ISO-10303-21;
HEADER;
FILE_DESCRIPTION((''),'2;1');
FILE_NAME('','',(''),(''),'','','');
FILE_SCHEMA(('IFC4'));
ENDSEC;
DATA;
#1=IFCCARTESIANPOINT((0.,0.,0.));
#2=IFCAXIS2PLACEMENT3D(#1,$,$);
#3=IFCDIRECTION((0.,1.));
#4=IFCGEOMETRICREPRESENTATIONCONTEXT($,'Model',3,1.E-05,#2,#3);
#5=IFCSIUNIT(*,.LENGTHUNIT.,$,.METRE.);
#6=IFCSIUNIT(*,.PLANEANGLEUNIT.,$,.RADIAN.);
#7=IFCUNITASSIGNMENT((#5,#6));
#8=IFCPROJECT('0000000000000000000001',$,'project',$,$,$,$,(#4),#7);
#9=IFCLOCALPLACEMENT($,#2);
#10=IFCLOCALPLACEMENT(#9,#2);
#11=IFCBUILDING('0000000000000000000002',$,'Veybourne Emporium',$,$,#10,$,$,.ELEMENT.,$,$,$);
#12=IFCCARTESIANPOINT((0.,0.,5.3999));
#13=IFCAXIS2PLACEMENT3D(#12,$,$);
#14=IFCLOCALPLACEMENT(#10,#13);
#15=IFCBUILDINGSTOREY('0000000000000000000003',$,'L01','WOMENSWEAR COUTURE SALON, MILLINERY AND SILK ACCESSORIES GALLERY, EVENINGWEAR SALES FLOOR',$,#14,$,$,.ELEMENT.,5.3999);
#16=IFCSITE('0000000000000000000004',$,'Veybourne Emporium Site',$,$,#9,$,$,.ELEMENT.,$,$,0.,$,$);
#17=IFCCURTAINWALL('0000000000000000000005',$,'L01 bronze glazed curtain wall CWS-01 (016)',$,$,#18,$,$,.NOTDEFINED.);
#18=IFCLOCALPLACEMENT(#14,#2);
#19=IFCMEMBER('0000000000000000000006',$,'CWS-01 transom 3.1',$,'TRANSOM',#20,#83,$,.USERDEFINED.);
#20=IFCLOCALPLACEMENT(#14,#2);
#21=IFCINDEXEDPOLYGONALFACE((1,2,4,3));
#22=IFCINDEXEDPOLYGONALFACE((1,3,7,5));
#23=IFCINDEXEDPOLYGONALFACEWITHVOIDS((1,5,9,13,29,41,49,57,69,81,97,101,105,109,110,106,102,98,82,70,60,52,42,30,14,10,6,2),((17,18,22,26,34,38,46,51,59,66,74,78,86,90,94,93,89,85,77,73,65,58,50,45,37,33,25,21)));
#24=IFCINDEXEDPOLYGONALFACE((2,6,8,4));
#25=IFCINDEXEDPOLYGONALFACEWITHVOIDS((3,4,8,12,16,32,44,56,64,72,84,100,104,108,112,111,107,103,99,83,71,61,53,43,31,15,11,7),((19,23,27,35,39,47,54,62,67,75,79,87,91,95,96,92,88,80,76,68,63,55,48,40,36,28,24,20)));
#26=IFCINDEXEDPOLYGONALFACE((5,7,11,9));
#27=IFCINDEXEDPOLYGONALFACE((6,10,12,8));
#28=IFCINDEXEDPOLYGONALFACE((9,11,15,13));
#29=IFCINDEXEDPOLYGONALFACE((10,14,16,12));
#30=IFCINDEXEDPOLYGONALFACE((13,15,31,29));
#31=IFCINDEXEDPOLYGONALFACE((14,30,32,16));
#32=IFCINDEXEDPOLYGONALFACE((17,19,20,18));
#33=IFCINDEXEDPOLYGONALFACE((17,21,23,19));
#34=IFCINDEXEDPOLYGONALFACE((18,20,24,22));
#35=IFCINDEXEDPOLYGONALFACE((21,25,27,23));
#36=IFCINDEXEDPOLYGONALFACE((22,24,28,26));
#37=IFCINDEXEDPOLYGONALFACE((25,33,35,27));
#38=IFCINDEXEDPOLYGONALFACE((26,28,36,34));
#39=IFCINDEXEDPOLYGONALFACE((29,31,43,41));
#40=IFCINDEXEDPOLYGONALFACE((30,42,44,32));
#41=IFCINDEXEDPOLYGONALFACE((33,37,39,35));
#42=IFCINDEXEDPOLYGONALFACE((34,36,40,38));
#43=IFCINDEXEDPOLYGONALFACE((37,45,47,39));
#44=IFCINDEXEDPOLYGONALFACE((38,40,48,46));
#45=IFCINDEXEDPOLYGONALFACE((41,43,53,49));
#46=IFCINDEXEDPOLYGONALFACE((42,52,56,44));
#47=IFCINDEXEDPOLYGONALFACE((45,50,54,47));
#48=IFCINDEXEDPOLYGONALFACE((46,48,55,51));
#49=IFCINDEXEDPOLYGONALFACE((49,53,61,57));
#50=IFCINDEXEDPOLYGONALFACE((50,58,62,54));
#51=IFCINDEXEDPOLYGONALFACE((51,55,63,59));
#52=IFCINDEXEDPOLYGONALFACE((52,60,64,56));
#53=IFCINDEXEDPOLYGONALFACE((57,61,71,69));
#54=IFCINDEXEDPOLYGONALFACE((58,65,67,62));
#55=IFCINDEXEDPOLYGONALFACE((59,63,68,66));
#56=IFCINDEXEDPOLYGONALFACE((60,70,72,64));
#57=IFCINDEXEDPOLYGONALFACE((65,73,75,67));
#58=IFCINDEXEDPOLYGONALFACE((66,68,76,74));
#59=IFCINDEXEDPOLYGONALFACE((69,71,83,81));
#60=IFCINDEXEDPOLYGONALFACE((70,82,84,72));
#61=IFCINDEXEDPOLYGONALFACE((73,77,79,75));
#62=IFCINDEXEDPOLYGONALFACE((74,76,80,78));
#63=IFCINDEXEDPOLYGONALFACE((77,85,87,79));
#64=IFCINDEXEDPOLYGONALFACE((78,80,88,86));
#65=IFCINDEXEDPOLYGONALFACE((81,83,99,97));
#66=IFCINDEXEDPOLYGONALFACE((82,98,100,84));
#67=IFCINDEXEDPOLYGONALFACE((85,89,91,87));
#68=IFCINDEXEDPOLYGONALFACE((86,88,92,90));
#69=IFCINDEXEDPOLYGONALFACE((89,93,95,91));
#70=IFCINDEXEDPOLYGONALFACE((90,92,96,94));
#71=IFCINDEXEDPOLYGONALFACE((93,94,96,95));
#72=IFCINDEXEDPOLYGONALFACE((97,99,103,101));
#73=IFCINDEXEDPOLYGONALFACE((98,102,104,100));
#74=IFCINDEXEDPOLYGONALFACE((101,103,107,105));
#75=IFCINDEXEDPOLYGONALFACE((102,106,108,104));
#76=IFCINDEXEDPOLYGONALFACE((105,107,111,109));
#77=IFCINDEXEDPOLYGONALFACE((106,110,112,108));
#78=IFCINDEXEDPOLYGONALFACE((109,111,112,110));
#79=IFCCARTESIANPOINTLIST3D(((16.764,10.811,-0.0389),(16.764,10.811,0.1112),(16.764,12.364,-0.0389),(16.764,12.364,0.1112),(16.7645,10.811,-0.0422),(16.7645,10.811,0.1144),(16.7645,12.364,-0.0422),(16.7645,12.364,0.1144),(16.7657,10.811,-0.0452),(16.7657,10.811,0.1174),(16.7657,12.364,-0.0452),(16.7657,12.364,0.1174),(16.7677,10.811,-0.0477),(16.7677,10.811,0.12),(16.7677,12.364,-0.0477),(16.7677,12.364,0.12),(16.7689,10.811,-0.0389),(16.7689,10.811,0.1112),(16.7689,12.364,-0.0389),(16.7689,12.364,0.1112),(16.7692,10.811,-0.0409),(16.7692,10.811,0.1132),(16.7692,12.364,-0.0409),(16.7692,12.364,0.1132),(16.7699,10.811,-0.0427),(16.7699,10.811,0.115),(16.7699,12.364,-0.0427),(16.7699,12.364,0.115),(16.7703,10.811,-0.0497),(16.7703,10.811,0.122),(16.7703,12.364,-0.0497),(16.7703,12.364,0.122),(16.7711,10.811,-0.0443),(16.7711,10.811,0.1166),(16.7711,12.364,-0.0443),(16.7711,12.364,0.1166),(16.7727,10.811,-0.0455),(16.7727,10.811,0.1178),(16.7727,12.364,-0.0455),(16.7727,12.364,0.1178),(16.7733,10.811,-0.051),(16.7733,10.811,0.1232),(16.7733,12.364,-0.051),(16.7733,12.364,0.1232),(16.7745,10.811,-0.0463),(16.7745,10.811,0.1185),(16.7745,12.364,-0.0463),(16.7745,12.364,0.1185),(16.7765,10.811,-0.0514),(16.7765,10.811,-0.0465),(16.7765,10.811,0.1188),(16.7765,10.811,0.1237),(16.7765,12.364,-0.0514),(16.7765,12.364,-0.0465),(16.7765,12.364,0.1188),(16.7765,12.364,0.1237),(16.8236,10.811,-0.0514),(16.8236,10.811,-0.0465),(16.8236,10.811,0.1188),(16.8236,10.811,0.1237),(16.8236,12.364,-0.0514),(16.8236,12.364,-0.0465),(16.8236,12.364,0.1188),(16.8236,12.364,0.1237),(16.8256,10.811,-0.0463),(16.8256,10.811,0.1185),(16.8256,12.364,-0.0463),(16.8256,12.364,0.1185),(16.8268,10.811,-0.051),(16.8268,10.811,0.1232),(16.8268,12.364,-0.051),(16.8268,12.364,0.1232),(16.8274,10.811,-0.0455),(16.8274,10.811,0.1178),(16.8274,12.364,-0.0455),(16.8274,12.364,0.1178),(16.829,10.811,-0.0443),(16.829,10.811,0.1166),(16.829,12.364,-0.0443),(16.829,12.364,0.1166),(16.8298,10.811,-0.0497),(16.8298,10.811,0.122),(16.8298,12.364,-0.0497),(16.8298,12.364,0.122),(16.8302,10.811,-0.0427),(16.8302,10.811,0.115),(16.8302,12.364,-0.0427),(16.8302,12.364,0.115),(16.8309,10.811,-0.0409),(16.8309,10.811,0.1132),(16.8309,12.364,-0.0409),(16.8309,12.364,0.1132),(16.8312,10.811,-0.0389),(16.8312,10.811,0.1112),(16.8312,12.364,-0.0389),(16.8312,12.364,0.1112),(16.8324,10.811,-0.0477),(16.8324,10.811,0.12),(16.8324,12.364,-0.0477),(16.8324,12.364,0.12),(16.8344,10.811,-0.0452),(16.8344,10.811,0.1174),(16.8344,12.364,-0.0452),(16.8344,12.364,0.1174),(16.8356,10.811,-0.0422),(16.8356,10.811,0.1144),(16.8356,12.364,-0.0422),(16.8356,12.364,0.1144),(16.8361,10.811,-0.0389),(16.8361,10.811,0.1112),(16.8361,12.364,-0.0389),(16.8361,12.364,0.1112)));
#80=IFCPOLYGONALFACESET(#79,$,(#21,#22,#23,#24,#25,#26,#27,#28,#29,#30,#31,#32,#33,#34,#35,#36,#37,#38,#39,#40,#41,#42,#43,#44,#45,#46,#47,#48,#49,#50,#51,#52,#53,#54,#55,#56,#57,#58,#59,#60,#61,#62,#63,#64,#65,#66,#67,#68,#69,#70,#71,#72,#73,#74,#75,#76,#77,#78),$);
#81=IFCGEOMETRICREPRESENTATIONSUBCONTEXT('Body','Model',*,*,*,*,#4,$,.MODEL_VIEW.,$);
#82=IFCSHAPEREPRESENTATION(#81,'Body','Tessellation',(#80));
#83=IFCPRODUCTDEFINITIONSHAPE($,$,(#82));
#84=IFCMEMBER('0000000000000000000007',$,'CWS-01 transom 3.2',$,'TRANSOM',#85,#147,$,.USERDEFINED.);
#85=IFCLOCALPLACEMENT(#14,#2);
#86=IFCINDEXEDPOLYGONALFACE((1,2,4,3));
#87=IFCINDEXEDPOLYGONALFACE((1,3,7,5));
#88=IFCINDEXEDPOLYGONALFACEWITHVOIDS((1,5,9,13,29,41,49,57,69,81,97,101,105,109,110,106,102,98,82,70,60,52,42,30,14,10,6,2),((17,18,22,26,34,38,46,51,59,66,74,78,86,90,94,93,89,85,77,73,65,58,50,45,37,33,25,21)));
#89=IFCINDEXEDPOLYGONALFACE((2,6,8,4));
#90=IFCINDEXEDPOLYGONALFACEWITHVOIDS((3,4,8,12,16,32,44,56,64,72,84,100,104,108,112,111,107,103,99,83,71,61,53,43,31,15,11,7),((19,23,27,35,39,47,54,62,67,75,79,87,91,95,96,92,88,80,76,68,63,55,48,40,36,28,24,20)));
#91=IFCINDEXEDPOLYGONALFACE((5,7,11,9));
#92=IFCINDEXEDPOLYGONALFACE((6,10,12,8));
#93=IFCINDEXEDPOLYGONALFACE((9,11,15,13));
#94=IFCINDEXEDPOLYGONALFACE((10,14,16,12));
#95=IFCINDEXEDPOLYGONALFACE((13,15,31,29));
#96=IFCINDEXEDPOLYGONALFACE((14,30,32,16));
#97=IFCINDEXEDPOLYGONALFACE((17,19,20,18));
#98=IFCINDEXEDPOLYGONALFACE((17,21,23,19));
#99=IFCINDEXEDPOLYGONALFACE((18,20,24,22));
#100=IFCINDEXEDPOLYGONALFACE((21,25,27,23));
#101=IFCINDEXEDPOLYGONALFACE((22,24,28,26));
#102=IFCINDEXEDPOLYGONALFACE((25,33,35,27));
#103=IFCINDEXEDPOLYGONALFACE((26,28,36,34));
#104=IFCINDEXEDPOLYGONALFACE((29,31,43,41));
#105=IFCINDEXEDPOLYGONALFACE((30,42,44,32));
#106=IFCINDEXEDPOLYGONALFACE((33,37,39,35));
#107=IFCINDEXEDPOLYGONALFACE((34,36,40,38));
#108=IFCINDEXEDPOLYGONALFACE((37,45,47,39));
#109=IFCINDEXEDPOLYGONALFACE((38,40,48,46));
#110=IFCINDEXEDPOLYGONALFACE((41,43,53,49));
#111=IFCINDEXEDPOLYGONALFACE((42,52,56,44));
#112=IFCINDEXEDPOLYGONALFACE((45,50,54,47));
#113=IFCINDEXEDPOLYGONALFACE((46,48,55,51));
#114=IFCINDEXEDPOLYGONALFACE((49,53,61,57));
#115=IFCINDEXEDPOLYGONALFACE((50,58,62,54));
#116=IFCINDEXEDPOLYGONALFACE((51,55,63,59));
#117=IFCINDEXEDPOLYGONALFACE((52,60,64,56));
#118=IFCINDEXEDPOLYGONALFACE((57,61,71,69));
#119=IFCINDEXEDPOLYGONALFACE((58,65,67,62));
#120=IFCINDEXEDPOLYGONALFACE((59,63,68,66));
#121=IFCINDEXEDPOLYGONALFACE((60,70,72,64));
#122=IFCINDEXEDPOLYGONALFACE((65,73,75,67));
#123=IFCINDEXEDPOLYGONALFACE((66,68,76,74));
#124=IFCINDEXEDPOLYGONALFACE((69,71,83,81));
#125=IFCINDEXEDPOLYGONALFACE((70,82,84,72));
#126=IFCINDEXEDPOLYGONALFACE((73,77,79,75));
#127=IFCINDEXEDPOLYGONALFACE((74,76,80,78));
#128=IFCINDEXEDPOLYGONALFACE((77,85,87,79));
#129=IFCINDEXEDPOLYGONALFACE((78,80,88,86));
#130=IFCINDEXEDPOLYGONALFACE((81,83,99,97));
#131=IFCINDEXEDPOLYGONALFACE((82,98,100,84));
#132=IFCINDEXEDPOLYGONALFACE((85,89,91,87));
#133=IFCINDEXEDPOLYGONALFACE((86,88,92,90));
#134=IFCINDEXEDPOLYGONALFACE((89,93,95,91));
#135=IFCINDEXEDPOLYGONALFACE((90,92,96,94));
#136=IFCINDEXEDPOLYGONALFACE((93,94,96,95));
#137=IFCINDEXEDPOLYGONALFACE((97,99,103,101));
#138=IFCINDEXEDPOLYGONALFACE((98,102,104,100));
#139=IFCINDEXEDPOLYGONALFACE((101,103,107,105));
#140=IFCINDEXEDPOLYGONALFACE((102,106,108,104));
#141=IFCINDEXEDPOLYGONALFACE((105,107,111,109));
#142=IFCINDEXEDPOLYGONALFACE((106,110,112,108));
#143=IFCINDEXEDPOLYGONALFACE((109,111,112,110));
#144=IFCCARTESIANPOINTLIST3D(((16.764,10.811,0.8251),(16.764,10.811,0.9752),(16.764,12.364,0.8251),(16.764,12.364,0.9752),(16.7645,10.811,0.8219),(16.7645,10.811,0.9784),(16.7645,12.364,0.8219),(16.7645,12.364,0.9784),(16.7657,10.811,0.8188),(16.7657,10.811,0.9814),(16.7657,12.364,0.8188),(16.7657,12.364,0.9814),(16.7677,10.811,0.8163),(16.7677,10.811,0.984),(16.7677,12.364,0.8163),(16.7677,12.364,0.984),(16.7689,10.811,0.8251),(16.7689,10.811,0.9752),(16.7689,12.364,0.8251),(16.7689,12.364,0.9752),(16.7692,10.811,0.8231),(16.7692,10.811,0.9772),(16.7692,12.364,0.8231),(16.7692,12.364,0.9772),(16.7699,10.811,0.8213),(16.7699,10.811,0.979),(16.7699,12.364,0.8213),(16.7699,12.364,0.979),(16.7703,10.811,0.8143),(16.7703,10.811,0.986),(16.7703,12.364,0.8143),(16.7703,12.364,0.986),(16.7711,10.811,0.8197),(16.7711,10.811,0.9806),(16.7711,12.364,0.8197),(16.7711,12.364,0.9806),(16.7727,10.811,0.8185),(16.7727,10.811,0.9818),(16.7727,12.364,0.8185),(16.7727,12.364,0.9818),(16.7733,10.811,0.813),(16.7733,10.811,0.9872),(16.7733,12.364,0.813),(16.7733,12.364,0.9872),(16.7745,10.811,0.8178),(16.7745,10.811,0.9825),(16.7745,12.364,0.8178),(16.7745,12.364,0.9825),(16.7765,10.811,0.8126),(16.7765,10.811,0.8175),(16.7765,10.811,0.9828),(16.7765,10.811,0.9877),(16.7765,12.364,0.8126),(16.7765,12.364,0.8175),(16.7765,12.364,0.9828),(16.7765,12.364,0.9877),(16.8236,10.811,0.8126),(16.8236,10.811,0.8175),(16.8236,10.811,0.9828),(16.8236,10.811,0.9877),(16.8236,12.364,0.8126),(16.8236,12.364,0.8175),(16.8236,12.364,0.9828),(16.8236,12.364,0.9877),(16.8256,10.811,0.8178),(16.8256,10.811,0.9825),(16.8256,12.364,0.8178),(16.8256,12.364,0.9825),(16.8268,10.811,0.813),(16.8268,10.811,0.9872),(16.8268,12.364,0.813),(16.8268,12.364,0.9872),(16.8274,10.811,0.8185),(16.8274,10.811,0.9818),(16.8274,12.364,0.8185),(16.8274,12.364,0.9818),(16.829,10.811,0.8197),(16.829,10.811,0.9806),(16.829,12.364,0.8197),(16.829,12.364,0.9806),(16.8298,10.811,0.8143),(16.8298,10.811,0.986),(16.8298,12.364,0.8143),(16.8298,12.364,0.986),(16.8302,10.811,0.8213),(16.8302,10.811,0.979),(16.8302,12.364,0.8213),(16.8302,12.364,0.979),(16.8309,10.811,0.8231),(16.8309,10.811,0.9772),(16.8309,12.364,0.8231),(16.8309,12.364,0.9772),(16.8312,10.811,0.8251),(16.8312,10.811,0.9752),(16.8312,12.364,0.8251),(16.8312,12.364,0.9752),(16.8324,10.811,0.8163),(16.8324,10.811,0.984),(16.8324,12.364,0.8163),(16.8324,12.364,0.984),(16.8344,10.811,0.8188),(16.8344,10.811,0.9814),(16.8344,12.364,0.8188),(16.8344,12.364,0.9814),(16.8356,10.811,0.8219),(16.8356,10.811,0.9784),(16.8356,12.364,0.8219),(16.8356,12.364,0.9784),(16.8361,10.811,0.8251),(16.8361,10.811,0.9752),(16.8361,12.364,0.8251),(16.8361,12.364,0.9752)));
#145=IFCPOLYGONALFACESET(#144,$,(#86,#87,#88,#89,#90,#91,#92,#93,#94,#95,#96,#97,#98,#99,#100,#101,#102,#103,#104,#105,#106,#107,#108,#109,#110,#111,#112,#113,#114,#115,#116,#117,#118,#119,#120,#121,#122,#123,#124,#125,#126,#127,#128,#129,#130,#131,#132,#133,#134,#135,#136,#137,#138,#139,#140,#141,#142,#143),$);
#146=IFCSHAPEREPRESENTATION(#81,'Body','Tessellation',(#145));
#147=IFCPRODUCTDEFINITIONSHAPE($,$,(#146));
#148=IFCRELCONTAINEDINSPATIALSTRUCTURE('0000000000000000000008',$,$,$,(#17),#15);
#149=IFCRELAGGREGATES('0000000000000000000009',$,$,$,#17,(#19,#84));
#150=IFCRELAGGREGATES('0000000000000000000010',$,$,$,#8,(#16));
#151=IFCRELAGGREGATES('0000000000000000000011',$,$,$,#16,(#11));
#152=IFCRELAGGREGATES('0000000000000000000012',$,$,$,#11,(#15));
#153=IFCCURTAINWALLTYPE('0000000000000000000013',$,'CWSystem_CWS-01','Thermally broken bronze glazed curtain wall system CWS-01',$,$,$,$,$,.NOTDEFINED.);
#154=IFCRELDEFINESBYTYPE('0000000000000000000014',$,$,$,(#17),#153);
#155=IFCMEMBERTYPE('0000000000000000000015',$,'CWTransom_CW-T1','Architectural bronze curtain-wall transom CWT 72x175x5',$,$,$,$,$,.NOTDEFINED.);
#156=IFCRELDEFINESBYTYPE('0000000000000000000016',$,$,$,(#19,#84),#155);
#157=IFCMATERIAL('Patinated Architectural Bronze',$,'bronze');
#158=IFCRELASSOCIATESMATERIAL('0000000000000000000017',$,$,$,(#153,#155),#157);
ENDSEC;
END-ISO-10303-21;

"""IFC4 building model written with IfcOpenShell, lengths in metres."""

from ifc_helpers import new_model, si_unit, direction, frame, origin, origin_2d, place, context, subcontext, project, spatial, hollow_rectangle, extrude, material, material_profile, profile_set, type_object, element, aggregate, save


model = new_model("IFC4")

# Units and contexts
model_context = context("Model", 3, precision=1e-05, world=origin(), true_north=direction((0.0, 1.0)))
body_context = subcontext(model_context, "Body", "Model", "MODEL_VIEW")
ifc_project = project(units=[si_unit("LENGTHUNIT", "METRE"), si_unit("PLANEANGLEUNIT", "RADIAN")], contexts=[model_context])

# Site, building, storey
site_placement = place(None, origin())
site = spatial("IfcSite", under=ifc_project, at=site_placement, Name="Veybourne Emporium Site", CompositionType="ELEMENT", RefElevation=0.0)
building_placement = place(site_placement, origin())
building = spatial("IfcBuilding", under=site, at=building_placement, Name="Veybourne Emporium", CompositionType="ELEMENT")
storey_placement = place(building_placement, frame((0.0, 0.0, 5.3999)))
storey = spatial("IfcBuildingStorey", under=building, at=storey_placement, Name="L01", Description="WOMENSWEAR COUTURE SALON, MILLINERY AND SILK ACCESSORIES GALLERY, EVENINGWEAR SALES FLOOR", CompositionType="ELEMENT", Elevation=5.3999)

# Curtain wall, members
ifc_material_1 = material(Name="Patinated Architectural Bronze", Category="bronze")
curtain_wall_type = type_object("IfcCurtainWallType", Name="CWSystem_CWS-01", Description="Thermally broken bronze glazed curtain wall system CWS-01", PredefinedType="NOTDEFINED", material=ifc_material_1)
curtain_wall_placement = place(storey_placement, origin())
curtain_wall = element("IfcCurtainWall", 1, at=curtain_wall_placement, inside=storey, type_object=curtain_wall_type, Name="L01 bronze glazed curtain wall CWS-01 (016)", PredefinedType="NOTDEFINED")
ifc_material_profile_1 = material_profile(ifc_material_1, hollow_rectangle(XDim=0.072, YDim=0.175, WallThickness=0.0049, InnerFilletRadius=0.0076, OuterFilletRadius=0.0125, at=origin_2d()), Name="CWT 72x175x5")
ifc_profile_set_1 = profile_set([ifc_material_profile_1], Name="Patinated Architectural Bronze")
member_type_1 = type_object("IfcMemberType", Name="CWTransom_CW-T1", Description="Architectural bronze curtain-wall transom CWT 72x175x5", PredefinedType="NOTDEFINED", material=ifc_profile_set_1)
member_1_placement = place(storey_placement, frame((16.8, 10.811, 0.0361), z_axis=(0.0, 1.0, 0.0), x_axis=(-1.0, 0.0, 0.0)))
member_1 = element("IfcMember", 2, at=member_1_placement, type_object=member_type_1, Name="CWS-01 transom 3.1", ObjectType="TRANSOM", PredefinedType="USERDEFINED", context=body_context, shape_type="SweptSolid", body=[
    extrude(hollow_rectangle(XDim=0.072, YDim=0.175, WallThickness=0.0049, InnerFilletRadius=0.0076, OuterFilletRadius=0.0125, at=origin_2d()), origin(), (0.0, 0.0, 1.0), 1.553),
])
member_2_placement = place(storey_placement, frame((16.8, 10.811, 0.9001), z_axis=(0.0, 1.0, 0.0), x_axis=(-1.0, 0.0, 0.0)))
member_2 = element("IfcMember", 3, at=member_2_placement, type_object=member_type_1, Name="CWS-01 transom 3.2", ObjectType="TRANSOM", PredefinedType="USERDEFINED", context=body_context, shape_type="SweptSolid", body=[
    extrude(hollow_rectangle(XDim=0.072, YDim=0.175, WallThickness=0.0049, InnerFilletRadius=0.0076, OuterFilletRadius=0.0125, at=origin_2d()), origin(), (0.0, 0.0, 1.0), 1.553),
])
aggregate(curtain_wall, [member_1, member_2])

save(model, "model.ifc")
